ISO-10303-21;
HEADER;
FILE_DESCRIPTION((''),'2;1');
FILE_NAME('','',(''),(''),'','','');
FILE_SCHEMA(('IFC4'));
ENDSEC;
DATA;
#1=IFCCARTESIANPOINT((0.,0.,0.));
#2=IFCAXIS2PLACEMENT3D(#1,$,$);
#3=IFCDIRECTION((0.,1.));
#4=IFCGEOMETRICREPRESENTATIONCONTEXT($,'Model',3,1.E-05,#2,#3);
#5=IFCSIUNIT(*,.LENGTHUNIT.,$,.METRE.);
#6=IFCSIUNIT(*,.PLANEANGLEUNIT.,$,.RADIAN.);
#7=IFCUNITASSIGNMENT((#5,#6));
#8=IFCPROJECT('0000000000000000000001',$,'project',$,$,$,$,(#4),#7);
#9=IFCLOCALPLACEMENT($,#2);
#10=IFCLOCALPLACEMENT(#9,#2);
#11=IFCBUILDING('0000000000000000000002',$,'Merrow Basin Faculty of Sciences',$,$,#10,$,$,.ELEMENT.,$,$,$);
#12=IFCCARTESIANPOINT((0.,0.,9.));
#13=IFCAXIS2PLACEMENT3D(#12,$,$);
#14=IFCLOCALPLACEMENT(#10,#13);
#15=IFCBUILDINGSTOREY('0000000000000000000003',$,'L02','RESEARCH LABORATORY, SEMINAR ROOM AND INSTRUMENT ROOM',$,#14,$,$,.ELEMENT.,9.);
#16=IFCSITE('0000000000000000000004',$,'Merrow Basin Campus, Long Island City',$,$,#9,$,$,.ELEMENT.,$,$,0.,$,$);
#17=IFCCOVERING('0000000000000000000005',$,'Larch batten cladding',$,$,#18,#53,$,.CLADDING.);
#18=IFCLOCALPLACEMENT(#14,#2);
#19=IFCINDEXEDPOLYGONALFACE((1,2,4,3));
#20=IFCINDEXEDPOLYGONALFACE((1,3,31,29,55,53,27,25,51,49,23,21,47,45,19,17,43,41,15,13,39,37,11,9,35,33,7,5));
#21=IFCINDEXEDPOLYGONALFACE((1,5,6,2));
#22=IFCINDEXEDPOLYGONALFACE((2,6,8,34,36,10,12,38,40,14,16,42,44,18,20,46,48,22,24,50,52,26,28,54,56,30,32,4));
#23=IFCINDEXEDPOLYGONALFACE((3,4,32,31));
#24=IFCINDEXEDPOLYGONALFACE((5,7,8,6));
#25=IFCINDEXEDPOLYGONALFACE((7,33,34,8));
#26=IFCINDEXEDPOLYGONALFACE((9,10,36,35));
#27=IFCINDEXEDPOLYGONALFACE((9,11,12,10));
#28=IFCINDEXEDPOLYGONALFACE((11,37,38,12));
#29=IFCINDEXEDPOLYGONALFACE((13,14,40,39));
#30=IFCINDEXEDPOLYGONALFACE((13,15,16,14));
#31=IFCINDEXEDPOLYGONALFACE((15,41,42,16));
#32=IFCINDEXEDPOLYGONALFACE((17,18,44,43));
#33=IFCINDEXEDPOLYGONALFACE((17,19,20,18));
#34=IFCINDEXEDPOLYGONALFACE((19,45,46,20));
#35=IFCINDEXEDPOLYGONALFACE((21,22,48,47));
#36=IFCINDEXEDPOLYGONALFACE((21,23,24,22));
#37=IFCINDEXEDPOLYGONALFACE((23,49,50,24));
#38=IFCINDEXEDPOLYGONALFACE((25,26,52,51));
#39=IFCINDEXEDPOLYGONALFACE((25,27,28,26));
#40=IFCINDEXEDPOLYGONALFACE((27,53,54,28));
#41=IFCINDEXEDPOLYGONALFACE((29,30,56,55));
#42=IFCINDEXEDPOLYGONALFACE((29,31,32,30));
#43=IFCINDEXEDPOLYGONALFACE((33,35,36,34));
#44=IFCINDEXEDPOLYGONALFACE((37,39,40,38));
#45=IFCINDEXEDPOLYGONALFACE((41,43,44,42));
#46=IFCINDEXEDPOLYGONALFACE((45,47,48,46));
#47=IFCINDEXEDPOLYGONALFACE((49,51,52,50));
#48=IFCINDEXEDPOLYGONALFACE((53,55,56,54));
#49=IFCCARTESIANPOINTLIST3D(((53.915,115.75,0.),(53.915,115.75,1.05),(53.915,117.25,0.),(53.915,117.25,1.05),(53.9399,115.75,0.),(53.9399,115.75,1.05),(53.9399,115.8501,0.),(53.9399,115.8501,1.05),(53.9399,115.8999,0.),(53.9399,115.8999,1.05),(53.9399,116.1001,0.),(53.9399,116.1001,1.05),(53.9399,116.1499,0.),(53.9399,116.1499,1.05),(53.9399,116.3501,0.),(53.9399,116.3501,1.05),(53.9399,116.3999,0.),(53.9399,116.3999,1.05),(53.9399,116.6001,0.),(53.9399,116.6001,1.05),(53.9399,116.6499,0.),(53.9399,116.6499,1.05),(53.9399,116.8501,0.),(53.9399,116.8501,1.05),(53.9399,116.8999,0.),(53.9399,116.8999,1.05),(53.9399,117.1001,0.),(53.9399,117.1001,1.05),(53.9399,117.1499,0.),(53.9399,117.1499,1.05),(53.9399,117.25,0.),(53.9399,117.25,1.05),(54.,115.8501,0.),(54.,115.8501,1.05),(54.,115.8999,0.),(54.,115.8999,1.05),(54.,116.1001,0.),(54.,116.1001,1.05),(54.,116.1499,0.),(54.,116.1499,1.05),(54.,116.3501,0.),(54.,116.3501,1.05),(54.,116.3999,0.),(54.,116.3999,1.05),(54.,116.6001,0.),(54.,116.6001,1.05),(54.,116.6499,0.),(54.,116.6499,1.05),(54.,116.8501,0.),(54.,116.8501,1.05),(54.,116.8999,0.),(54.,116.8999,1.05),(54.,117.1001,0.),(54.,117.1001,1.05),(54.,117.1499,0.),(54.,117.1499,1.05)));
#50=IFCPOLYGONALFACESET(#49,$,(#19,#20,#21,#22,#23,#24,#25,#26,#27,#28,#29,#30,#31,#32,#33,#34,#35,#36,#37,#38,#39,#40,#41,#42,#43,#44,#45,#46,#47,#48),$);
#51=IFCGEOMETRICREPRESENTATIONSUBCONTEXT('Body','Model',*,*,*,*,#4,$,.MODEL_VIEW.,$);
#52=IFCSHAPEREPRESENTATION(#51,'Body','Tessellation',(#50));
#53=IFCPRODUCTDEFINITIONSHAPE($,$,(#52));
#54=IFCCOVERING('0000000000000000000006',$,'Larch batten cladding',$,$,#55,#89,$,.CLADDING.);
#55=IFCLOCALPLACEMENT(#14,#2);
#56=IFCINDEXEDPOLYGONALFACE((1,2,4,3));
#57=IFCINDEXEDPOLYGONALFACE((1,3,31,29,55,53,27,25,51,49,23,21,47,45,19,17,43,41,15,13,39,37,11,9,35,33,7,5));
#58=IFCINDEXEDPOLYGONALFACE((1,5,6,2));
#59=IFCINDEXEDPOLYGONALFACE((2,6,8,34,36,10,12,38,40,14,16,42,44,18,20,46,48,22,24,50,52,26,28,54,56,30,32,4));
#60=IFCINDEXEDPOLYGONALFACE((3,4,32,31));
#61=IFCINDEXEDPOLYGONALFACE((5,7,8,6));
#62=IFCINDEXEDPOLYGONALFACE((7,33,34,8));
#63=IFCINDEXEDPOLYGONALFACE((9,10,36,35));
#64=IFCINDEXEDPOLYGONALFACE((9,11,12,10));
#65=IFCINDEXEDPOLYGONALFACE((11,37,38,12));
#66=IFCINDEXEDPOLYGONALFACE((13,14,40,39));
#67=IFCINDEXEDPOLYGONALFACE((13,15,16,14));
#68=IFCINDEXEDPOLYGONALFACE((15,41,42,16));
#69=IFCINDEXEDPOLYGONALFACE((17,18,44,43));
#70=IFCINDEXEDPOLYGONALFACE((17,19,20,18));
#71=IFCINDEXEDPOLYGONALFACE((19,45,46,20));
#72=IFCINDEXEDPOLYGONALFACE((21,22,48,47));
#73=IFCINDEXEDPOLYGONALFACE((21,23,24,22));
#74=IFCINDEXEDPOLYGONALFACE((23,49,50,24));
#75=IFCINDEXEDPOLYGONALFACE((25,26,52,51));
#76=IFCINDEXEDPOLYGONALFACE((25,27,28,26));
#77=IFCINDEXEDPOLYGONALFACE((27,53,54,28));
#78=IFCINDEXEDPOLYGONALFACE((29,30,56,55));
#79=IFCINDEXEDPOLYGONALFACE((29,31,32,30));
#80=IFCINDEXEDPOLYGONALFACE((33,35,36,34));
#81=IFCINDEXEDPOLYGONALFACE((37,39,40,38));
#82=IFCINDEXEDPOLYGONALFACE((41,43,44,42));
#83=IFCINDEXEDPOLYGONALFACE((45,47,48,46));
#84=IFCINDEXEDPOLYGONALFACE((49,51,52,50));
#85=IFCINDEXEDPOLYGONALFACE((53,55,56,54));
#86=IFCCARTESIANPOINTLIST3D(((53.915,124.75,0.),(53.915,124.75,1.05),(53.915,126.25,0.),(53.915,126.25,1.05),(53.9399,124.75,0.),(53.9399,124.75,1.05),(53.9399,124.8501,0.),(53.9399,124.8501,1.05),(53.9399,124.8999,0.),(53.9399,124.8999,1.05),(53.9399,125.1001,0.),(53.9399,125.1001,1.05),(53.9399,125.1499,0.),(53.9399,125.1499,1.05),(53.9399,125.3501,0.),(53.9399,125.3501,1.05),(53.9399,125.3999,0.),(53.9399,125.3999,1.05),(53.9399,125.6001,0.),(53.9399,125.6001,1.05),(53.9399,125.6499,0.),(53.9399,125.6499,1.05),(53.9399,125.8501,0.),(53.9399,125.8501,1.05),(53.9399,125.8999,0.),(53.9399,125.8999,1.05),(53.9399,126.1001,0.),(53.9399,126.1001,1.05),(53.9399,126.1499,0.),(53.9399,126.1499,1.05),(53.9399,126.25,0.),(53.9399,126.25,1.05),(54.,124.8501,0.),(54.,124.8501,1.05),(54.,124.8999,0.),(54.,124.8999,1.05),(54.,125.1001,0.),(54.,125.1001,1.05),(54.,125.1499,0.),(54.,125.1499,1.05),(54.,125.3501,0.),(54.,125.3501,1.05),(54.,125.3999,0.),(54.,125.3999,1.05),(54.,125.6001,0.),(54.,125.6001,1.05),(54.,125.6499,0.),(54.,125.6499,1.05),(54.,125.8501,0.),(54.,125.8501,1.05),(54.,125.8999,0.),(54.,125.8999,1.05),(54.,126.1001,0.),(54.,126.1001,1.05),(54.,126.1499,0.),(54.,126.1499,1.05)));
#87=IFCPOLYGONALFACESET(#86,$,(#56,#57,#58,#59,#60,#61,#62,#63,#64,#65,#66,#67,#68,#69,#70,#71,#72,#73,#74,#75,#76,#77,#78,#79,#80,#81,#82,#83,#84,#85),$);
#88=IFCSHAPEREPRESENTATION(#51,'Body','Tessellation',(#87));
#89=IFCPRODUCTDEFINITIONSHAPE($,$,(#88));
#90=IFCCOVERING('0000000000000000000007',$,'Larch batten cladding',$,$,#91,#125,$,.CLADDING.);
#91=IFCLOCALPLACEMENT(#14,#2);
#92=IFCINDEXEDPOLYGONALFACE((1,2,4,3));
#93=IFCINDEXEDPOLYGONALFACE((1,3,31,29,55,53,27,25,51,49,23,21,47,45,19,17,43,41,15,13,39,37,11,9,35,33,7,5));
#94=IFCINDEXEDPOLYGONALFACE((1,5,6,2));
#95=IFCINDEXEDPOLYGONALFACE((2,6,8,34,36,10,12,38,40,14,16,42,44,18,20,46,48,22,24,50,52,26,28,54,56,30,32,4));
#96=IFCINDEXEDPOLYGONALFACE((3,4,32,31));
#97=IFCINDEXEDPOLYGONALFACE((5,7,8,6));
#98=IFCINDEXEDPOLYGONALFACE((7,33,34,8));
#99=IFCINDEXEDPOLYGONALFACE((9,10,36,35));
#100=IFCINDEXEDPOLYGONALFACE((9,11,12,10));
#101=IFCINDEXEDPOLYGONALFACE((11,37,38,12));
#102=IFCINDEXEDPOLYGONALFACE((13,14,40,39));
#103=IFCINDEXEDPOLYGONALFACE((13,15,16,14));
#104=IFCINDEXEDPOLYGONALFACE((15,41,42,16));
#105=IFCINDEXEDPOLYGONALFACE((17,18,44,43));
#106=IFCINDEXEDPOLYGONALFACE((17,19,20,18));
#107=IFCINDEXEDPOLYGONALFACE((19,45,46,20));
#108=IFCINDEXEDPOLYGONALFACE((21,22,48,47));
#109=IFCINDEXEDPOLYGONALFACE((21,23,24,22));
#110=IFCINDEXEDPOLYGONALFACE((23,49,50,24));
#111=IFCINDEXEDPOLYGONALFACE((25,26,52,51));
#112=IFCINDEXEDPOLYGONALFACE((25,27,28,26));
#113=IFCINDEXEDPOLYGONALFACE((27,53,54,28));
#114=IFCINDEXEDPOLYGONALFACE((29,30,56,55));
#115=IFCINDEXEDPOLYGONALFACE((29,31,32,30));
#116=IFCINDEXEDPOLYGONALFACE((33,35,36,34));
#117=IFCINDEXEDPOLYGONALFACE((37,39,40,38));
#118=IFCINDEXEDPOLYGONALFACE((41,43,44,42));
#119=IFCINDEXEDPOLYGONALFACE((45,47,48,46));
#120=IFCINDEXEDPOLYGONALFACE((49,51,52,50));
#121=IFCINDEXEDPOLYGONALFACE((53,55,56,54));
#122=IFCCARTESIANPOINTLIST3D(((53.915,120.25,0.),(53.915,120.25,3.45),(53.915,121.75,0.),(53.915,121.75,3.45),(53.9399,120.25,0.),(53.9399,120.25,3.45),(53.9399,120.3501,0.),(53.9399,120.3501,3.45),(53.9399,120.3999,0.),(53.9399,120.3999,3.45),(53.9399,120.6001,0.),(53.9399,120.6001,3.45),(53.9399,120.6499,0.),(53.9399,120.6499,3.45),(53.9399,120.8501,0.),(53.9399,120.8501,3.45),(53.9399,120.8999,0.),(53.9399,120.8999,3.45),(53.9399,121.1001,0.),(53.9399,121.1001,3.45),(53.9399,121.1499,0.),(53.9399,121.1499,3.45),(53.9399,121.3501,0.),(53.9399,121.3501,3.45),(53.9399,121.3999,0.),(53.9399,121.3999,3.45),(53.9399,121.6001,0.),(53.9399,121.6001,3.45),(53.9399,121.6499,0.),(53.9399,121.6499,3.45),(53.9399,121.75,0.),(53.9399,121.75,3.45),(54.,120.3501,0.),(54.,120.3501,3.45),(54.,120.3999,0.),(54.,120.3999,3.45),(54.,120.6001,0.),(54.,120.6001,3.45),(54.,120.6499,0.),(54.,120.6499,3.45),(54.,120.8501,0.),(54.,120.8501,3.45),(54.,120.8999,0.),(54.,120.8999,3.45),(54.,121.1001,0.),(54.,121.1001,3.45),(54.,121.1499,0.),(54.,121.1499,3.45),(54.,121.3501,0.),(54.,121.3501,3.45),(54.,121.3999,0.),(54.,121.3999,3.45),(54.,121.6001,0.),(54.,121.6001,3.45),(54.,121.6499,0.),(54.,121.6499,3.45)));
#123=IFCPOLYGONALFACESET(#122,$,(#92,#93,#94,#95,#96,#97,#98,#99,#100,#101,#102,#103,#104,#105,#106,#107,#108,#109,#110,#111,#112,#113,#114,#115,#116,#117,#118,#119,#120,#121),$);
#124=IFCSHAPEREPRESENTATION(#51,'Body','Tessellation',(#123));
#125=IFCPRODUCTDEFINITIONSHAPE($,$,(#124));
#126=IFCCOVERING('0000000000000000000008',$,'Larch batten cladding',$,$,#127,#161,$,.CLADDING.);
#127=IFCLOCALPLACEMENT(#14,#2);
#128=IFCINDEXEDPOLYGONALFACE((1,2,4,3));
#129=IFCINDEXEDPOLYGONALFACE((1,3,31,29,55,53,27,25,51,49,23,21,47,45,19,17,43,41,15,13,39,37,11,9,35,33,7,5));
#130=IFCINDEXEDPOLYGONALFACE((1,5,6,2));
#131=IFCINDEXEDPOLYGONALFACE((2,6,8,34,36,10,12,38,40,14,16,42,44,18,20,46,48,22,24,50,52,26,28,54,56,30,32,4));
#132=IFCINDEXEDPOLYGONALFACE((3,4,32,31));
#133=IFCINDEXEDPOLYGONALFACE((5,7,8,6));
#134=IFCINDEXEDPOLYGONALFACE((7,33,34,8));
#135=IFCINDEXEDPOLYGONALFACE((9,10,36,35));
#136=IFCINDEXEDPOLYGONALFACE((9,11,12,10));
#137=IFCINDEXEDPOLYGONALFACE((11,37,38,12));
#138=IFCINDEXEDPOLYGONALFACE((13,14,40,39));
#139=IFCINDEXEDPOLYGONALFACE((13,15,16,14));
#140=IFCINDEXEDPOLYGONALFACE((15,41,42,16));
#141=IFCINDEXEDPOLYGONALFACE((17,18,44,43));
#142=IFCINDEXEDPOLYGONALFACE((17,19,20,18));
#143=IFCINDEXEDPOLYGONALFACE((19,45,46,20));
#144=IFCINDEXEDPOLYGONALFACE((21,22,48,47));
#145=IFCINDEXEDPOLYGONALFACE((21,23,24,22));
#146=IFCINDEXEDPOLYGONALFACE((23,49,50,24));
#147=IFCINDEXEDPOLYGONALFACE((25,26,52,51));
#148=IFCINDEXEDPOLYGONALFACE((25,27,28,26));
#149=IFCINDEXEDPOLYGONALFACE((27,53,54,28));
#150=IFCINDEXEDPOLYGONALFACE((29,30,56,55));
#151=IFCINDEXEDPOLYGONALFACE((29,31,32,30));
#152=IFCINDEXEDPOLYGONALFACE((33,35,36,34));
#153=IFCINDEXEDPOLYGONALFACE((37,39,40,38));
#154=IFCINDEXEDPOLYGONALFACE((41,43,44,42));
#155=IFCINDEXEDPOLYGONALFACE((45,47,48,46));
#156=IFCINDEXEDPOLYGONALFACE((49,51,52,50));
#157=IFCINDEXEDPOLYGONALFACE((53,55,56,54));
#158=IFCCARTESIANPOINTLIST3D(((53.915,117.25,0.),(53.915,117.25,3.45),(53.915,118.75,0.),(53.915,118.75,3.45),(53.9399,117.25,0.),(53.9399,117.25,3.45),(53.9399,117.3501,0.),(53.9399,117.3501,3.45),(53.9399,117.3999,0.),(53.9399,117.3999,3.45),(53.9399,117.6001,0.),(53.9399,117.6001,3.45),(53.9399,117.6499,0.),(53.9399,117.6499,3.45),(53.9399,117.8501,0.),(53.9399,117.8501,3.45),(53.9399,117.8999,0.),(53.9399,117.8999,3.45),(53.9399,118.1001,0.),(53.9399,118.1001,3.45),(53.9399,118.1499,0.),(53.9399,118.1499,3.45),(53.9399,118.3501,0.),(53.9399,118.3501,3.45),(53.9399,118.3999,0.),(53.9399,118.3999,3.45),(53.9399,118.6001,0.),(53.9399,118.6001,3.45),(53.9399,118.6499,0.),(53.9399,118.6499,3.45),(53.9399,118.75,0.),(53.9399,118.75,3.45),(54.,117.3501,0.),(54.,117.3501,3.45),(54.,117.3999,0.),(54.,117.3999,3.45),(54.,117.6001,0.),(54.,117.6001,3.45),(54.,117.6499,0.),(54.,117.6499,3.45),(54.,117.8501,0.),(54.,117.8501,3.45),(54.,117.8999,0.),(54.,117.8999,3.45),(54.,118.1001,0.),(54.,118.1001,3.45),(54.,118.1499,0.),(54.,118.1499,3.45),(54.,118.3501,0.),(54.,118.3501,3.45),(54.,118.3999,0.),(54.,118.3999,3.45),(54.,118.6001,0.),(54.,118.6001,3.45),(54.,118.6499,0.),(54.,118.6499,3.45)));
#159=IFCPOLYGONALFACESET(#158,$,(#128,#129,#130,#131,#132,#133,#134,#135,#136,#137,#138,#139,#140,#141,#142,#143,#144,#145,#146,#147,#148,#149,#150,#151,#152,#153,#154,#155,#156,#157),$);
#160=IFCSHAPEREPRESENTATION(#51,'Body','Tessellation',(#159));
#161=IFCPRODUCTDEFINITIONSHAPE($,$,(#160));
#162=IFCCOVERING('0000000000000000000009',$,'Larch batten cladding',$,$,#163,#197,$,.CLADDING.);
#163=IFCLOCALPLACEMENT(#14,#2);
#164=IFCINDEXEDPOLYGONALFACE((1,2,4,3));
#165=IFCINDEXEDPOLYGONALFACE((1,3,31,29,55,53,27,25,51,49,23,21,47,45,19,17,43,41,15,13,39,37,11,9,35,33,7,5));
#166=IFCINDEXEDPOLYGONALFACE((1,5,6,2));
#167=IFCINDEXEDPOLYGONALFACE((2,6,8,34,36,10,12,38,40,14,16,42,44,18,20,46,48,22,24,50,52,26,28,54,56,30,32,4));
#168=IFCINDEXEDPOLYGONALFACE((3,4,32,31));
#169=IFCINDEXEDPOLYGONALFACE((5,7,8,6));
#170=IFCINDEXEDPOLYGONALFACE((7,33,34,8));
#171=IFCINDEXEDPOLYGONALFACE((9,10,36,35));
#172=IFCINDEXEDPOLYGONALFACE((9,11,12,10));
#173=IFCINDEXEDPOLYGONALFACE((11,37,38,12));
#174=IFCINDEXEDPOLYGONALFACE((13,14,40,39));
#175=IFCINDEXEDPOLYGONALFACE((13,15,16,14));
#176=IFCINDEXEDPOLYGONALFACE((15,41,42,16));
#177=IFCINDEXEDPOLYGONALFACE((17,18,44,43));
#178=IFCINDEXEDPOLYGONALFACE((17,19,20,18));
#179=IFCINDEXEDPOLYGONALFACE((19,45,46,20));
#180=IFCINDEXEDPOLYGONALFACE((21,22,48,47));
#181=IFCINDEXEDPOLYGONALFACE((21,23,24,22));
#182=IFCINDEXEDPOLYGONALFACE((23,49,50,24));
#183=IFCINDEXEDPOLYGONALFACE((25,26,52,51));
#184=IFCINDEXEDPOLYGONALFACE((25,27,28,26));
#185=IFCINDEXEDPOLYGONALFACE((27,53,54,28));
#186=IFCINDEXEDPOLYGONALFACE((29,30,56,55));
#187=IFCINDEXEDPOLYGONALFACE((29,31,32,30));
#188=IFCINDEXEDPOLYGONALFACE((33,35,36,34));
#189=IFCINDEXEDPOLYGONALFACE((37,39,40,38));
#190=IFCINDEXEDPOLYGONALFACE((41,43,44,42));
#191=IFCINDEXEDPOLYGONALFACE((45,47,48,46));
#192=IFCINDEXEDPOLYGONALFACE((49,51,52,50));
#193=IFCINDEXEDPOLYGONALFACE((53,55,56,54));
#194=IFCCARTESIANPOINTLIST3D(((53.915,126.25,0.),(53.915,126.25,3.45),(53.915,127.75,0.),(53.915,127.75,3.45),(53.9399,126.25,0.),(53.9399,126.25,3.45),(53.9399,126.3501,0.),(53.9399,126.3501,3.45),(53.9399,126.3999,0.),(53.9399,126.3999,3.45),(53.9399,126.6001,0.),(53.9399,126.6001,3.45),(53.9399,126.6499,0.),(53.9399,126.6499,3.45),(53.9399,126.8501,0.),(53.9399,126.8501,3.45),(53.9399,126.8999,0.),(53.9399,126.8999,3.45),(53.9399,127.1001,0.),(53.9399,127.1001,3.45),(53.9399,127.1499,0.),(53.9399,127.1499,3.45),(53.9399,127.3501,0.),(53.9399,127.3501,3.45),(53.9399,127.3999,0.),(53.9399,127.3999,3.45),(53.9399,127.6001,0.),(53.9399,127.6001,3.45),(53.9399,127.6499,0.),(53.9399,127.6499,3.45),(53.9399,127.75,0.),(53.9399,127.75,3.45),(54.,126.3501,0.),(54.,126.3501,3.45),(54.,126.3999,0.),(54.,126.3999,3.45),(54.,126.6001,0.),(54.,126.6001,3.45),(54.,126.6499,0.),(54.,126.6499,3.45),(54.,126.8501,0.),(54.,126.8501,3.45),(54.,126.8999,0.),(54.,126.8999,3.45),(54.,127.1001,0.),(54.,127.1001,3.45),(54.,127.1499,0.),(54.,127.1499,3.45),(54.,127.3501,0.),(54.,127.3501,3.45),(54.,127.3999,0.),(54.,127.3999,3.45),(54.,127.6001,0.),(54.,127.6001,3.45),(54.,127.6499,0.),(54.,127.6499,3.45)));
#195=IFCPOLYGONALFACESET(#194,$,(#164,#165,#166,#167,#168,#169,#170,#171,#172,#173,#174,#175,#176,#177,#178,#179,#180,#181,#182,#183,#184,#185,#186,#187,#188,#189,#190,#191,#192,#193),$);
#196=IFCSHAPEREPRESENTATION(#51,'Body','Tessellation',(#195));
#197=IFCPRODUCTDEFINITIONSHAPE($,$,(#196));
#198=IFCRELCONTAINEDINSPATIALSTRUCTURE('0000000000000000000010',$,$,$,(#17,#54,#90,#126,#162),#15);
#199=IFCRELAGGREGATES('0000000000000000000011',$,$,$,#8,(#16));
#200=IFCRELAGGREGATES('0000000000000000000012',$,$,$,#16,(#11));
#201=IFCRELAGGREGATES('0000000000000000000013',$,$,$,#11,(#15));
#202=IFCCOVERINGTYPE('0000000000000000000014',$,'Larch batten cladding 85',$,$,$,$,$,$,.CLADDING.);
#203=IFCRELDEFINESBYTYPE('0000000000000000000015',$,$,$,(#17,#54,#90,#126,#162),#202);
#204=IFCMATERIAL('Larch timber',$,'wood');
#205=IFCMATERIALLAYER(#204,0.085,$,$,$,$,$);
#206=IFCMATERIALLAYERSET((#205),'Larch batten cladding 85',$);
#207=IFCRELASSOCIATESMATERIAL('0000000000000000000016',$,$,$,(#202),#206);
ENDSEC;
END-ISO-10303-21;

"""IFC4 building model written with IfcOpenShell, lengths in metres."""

from ifc_helpers import new_model, si_unit, direction, frame, origin, place, context, subcontext, project, spatial, polyline, outline, extrude, source, transform, mapped, material, layer, layer_set, type_object, element, save


model = new_model("IFC4")

# Units and contexts
model_context = context("Model", 3, precision=1e-05, world=origin(), true_north=direction((0.0, 1.0)))
body_context = subcontext(model_context, "Body", "Model", "MODEL_VIEW")
ifc_project = project(units=[si_unit("LENGTHUNIT", "METRE"), si_unit("PLANEANGLEUNIT", "RADIAN")], contexts=[model_context])

# Site, building, storey
site_placement = place(None, origin())
site = spatial("IfcSite", under=ifc_project, at=site_placement, Name="Merrow Basin Campus, Long Island City", CompositionType="ELEMENT", RefElevation=0.0)
building_placement = place(site_placement, origin())
building = spatial("IfcBuilding", under=site, at=building_placement, Name="Merrow Basin Faculty of Sciences", CompositionType="ELEMENT")
storey_placement = place(building_placement, frame((0.0, 0.0, 9.0)))
storey = spatial("IfcBuildingStorey", under=building, at=storey_placement, Name="L02", Description="RESEARCH LABORATORY, SEMINAR ROOM AND INSTRUMENT ROOM", CompositionType="ELEMENT", Elevation=9.0)

# Coverings
ifc_material_1 = material(Name="Larch timber", Category="wood")
ifc_layer_1 = layer(ifc_material_1, 0.085)
ifc_layer_set_1 = layer_set([ifc_layer_1], Name="Larch batten cladding 85")
covering_type = type_object("IfcCoveringType", Name="Larch batten cladding 85", PredefinedType="CLADDING", material=ifc_layer_set_1)
shared_shape_1 = source(origin(), body_context, "Body", "SweptSolid", [
    extrude(outline(polyline([(0.0, 0.0), (1.5, 0.0), (1.5, 0.0249), (1.3999, 0.0249), (1.3999, 0.085), (1.3501, 0.085), (1.3501, 0.0249), (1.1499, 0.0249), (1.1499, 0.085), (1.1001, 0.085), (1.1001, 0.0249), (0.8999, 0.0249), (0.8999, 0.085), (0.8501, 0.085), (0.8501, 0.0249), (0.6499, 0.0249), (0.6499, 0.085), (0.6001, 0.085), (0.6001, 0.0249), (0.3999, 0.0249), (0.3999, 0.085), (0.3501, 0.085), (0.3501, 0.0249), (0.1499, 0.0249), (0.1499, 0.085), (0.1001, 0.085), (0.1001, 0.0249), (0.0, 0.0249), (0.0, 0.0)])), origin(), (0.0, 0.0, 1.0), 1.05),
])
for number, where, z_axis, x_axis, name in (
    (1, (53.915, 117.25, 0.0), (0.0, 0.0, 1.0), (0.0, -1.0, 0.0), "Larch batten cladding"),
    (2, (53.915, 126.25, 0.0), (0.0, 0.0, 1.0), (0.0, -1.0, 0.0), "Larch batten cladding"),
):
    element("IfcCovering", number, at=place(storey_placement, frame(where, z_axis=z_axis, x_axis=x_axis)), inside=storey, type_object=covering_type, Name=name, PredefinedType="CLADDING", context=body_context, shape_type="MappedRepresentation", body=[
        mapped(shared_shape_1, transform((0.0, 0.0, 0.0), scale=1.0)),
    ])
shared_shape_2 = source(origin(), body_context, "Body", "SweptSolid", [
    extrude(outline(polyline([(0.0, 0.0), (1.5, 0.0), (1.5, 0.0249), (1.3999, 0.0249), (1.3999, 0.085), (1.3501, 0.085), (1.3501, 0.0249), (1.1499, 0.0249), (1.1499, 0.085), (1.1001, 0.085), (1.1001, 0.0249), (0.8999, 0.0249), (0.8999, 0.085), (0.8501, 0.085), (0.8501, 0.0249), (0.6499, 0.0249), (0.6499, 0.085), (0.6001, 0.085), (0.6001, 0.0249), (0.3999, 0.0249), (0.3999, 0.085), (0.3501, 0.085), (0.3501, 0.0249), (0.1499, 0.0249), (0.1499, 0.085), (0.1001, 0.085), (0.1001, 0.0249), (0.0, 0.0249), (0.0, 0.0)])), origin(), (0.0, 0.0, 1.0), 3.45),
])
for number, where, z_axis, x_axis, name in (
    (3, (53.915, 121.75, 0.0), (0.0, 0.0, 1.0), (0.0, -1.0, 0.0), "Larch batten cladding"),
    (4, (53.915, 118.75, 0.0), (0.0, 0.0, 1.0), (0.0, -1.0, 0.0), "Larch batten cladding"),
    (5, (53.915, 127.75, 0.0), (0.0, 0.0, 1.0), (0.0, -1.0, 0.0), "Larch batten cladding"),
):
    element("IfcCovering", number, at=place(storey_placement, frame(where, z_axis=z_axis, x_axis=x_axis)), inside=storey, type_object=covering_type, Name=name, PredefinedType="CLADDING", context=body_context, shape_type="MappedRepresentation", body=[
        mapped(shared_shape_2, transform((0.0, 0.0, 0.0), scale=1.0)),
    ])

save(model, "model.ifc")
